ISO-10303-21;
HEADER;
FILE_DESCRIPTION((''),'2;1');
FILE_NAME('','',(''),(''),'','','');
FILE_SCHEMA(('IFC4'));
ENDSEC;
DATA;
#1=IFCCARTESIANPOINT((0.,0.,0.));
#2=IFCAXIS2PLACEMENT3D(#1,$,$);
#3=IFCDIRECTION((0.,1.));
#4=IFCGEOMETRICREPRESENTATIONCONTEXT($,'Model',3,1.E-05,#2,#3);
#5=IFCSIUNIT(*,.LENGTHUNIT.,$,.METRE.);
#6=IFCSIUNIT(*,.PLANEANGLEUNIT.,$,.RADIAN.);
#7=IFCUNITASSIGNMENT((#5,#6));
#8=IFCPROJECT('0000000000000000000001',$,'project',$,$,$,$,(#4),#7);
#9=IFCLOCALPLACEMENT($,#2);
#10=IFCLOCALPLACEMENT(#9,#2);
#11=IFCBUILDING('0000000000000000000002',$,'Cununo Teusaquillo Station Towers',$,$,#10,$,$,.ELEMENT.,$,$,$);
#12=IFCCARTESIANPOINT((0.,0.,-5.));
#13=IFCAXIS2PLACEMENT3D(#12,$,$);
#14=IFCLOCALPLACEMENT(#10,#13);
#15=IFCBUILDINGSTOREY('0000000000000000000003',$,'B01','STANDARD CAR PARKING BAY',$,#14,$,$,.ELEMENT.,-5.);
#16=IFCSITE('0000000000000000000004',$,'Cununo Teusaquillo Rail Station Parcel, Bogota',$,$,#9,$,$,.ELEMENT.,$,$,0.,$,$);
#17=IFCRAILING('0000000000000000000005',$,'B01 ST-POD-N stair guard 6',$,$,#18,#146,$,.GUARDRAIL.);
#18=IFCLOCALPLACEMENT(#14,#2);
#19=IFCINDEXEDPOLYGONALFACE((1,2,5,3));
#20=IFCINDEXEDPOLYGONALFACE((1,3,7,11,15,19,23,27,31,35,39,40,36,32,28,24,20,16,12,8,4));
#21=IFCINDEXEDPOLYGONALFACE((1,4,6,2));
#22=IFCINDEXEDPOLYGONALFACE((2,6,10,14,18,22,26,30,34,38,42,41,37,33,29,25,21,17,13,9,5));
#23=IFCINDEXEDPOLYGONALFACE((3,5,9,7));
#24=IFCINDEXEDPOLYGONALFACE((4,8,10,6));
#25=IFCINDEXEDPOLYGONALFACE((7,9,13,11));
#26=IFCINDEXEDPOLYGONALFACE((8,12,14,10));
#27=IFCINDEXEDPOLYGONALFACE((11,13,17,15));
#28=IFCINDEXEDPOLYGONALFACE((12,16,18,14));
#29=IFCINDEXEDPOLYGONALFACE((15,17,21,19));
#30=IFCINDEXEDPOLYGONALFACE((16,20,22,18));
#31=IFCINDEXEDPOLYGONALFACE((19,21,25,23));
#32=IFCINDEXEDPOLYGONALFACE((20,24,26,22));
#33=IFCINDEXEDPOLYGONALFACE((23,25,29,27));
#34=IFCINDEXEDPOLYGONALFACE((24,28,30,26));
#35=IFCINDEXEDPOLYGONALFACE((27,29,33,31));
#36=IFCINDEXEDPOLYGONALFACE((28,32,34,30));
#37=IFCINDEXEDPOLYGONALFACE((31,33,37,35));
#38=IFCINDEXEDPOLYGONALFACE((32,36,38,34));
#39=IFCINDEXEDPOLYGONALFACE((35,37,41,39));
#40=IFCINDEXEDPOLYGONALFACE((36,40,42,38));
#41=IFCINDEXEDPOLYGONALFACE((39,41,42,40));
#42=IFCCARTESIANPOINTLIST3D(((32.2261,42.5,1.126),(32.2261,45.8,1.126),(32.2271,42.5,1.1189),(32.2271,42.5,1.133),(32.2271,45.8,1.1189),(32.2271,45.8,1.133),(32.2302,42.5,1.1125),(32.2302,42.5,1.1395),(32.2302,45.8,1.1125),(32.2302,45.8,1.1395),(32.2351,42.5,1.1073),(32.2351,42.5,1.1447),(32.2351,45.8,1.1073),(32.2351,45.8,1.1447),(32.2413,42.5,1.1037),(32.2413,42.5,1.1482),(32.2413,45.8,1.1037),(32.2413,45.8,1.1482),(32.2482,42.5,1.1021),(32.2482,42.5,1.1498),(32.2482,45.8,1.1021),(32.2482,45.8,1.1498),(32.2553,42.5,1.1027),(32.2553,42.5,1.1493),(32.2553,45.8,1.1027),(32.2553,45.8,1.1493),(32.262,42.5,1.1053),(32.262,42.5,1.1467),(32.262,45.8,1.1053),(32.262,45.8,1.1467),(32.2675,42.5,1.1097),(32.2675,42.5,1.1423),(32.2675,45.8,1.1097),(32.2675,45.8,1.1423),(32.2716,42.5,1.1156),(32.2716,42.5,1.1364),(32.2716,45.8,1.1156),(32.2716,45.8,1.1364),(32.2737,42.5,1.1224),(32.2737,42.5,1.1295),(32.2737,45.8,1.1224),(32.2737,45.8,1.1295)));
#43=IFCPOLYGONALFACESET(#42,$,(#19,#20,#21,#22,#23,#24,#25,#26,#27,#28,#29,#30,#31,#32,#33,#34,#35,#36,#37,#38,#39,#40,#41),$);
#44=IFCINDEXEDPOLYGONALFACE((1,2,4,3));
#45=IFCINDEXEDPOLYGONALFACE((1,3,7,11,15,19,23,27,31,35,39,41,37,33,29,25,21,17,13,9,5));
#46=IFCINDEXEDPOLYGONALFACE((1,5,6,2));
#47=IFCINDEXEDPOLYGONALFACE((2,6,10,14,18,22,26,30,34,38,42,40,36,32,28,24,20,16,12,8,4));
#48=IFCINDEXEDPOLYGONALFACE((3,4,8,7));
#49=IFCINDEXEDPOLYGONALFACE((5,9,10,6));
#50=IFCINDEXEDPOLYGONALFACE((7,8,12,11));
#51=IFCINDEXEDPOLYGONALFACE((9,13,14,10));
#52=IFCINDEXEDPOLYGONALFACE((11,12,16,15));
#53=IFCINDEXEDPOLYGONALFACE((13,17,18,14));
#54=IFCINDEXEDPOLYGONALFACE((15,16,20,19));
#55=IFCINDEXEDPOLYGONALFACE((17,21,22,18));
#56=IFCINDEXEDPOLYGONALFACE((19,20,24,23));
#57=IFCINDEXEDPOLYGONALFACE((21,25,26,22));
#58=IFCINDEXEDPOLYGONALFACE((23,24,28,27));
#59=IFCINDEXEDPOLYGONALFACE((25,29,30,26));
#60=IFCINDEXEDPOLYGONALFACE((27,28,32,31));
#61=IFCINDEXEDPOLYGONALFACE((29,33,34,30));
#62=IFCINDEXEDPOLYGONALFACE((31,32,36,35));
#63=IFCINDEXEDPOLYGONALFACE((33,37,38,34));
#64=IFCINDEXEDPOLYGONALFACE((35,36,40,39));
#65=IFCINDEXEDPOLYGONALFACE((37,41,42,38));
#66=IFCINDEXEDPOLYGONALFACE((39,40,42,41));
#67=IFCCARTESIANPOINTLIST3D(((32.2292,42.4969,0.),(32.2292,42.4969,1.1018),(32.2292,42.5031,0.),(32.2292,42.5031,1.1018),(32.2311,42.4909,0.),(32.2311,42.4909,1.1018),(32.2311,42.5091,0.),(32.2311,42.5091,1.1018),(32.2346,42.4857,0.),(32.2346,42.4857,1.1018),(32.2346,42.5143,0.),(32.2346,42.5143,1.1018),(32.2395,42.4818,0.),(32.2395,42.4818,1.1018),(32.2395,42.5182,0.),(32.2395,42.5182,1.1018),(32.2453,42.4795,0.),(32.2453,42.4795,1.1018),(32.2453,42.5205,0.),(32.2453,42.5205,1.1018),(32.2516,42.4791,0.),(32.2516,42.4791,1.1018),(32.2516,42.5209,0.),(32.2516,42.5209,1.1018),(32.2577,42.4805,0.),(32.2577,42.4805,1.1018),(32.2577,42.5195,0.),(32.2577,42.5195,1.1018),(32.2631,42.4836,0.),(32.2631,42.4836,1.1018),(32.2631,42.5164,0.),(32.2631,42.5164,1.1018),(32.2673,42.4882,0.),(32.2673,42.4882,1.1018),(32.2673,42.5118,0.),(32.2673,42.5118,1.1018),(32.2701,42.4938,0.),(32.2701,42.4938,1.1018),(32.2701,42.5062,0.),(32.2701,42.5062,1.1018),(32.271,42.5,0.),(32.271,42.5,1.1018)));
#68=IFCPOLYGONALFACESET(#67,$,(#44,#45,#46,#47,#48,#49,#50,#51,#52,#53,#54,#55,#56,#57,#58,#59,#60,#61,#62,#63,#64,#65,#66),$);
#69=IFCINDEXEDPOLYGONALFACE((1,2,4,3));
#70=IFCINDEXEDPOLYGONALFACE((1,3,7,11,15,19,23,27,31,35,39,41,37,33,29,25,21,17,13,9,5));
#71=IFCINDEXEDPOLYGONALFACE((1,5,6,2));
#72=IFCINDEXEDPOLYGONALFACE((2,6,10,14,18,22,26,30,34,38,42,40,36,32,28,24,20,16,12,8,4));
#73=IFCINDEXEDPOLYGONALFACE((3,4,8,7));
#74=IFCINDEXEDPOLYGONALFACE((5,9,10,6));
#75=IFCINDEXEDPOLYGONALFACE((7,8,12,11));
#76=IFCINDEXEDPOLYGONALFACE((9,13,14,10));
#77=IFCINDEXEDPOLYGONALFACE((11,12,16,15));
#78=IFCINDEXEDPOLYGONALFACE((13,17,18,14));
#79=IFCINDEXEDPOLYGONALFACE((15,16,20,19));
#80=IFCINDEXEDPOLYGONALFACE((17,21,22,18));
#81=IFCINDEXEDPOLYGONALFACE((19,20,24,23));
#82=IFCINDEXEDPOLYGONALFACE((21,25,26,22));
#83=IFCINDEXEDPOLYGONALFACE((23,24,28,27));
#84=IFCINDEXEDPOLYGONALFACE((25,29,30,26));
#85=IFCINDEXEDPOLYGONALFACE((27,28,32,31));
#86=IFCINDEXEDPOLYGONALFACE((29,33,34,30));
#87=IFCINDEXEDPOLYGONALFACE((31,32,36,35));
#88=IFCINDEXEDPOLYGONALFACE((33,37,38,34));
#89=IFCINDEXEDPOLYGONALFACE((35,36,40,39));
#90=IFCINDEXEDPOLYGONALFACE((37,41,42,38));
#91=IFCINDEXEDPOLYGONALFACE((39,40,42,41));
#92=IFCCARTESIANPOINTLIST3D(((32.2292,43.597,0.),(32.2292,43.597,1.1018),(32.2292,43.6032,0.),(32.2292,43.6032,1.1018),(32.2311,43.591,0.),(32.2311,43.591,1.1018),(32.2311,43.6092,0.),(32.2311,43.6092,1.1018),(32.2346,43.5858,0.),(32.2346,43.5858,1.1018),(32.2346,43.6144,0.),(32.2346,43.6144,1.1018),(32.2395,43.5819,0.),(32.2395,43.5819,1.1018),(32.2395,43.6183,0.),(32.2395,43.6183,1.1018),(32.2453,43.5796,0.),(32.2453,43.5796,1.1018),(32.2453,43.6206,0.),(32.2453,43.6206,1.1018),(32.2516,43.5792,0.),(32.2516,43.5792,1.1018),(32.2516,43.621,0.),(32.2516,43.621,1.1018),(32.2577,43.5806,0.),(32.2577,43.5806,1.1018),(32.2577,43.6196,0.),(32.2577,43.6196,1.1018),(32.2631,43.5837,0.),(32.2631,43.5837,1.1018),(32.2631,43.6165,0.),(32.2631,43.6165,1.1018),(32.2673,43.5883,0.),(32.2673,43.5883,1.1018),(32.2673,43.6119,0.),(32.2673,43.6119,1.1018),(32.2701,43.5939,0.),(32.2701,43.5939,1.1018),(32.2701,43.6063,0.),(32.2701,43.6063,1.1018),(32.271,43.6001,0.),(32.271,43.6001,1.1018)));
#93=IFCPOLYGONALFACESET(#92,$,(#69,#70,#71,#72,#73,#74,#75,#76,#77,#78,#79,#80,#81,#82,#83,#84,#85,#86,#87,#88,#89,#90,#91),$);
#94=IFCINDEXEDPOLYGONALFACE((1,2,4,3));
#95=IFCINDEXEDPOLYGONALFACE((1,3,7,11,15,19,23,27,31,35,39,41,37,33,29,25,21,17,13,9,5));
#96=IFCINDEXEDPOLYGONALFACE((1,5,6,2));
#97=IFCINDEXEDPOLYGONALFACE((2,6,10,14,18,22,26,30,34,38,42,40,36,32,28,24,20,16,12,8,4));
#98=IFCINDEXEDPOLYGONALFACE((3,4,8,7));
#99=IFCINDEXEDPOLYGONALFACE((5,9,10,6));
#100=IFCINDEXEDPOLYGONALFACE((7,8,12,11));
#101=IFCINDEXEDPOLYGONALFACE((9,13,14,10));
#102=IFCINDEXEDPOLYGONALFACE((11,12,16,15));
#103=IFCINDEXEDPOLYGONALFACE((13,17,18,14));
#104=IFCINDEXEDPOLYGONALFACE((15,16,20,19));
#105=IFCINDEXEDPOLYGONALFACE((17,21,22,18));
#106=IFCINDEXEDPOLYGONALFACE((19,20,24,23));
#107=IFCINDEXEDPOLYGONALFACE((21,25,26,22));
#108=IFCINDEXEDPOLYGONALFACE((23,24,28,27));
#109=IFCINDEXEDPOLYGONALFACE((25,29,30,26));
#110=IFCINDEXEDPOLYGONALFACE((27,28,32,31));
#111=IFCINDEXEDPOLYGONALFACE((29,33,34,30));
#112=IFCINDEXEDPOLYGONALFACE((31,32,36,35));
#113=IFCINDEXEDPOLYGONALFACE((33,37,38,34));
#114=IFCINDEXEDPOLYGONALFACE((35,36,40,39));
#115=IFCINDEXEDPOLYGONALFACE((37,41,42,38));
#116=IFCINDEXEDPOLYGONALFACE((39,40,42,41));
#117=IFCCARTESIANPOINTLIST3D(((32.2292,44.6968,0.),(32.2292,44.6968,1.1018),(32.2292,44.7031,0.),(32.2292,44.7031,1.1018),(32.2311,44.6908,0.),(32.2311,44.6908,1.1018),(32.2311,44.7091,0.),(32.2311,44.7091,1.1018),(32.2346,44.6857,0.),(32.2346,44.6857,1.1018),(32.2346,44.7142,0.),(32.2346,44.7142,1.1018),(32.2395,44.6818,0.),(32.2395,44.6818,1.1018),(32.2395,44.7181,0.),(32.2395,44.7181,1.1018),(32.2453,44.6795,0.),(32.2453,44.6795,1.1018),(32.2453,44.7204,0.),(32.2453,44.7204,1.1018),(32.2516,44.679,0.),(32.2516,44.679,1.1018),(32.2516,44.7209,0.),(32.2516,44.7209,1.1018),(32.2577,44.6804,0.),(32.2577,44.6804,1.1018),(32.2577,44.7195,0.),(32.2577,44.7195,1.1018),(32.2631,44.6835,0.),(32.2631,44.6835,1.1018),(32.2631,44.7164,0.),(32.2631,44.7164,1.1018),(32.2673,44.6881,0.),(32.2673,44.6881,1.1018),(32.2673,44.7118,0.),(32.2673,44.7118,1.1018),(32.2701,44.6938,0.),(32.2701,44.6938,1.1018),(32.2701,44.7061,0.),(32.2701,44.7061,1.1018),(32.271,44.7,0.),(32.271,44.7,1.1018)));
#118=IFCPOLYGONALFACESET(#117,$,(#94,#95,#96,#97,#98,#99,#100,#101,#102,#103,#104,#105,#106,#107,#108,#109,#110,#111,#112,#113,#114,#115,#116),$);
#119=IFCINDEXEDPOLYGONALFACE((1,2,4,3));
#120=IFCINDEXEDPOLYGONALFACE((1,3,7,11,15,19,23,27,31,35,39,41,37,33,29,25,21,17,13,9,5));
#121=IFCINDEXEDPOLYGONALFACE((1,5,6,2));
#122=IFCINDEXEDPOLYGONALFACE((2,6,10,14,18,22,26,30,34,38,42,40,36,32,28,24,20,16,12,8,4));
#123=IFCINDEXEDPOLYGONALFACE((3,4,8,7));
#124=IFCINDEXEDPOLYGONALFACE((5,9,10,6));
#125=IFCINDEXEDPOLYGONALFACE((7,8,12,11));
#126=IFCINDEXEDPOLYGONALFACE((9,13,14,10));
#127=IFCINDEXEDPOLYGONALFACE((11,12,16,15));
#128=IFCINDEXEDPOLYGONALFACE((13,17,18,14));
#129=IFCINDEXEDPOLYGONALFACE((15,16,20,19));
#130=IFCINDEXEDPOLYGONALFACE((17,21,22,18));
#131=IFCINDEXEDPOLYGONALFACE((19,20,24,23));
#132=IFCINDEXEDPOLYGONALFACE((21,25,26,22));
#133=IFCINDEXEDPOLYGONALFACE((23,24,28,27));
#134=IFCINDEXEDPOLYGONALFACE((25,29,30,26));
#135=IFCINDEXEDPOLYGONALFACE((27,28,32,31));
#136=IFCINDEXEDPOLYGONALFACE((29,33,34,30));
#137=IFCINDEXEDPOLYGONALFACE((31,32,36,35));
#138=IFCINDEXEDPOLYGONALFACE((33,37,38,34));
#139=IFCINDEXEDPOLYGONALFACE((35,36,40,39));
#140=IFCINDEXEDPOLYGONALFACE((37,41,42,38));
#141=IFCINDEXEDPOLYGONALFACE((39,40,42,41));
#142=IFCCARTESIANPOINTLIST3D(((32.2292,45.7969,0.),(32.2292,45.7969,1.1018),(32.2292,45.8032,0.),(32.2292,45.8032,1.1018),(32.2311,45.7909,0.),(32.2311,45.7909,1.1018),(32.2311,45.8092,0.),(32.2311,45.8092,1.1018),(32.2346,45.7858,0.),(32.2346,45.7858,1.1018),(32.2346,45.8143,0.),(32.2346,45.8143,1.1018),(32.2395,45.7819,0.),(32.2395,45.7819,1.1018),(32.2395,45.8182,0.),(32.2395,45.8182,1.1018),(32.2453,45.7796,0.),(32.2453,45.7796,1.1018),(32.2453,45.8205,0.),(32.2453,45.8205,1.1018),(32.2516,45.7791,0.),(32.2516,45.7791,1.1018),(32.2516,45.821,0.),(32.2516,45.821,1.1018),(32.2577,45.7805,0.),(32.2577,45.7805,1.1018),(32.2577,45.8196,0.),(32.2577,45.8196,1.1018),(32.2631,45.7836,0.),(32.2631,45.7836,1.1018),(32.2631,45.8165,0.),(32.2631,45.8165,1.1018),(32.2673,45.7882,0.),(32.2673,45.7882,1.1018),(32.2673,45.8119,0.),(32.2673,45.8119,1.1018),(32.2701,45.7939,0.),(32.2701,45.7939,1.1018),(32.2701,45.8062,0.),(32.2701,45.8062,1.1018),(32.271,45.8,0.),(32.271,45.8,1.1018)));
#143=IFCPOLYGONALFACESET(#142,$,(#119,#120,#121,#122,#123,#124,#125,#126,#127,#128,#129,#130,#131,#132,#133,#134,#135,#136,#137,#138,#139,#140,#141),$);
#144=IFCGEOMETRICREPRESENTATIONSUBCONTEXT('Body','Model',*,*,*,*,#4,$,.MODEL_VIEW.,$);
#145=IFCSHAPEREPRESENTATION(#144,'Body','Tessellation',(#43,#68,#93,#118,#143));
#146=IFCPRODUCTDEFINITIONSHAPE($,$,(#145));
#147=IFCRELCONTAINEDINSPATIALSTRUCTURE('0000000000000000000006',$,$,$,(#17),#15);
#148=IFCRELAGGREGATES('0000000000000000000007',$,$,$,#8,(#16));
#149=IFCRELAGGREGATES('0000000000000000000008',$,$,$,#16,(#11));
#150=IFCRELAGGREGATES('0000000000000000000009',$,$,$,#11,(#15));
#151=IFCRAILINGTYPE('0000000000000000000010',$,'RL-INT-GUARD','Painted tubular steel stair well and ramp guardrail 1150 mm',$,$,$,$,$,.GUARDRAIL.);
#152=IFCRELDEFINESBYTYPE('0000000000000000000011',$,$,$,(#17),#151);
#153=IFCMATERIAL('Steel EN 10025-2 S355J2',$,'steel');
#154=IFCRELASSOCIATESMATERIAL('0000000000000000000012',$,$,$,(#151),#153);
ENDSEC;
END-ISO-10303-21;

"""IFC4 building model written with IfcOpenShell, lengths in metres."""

from ifc_helpers import new_model, si_unit, direction, frame, origin, origin_2d, place, context, subcontext, project, spatial, circle, extrude, material, type_object, element, save


model = new_model("IFC4")

# Units and contexts
model_context = context("Model", 3, precision=1e-05, world=origin(), true_north=direction((0.0, 1.0)))
body_context = subcontext(model_context, "Body", "Model", "MODEL_VIEW")
ifc_project = project(units=[si_unit("LENGTHUNIT", "METRE"), si_unit("PLANEANGLEUNIT", "RADIAN")], contexts=[model_context])

# Site, building, storey
site_placement = place(None, origin())
site = spatial("IfcSite", under=ifc_project, at=site_placement, Name="Cununo Teusaquillo Rail Station Parcel, Bogota", CompositionType="ELEMENT", RefElevation=0.0)
building_placement = place(site_placement, origin())
building = spatial("IfcBuilding", under=site, at=building_placement, Name="Cununo Teusaquillo Station Towers", CompositionType="ELEMENT")
storey_placement = place(building_placement, frame((0.0, 0.0, -5.0)))
storey = spatial("IfcBuildingStorey", under=building, at=storey_placement, Name="B01", Description="STANDARD CAR PARKING BAY", CompositionType="ELEMENT", Elevation=-5.0)

# Railing
ifc_material_1 = material(Name="Steel EN 10025-2 S355J2", Category="steel")
railing_type_1 = type_object("IfcRailingType", Name="RL-INT-GUARD", Description="Painted tubular steel stair well and ramp guardrail 1150 mm", PredefinedType="GUARDRAIL", material=ifc_material_1)
railing_1_placement = place(storey_placement, frame((32.25, 42.5, 0.0)))
element("IfcRailing", 1, at=railing_1_placement, inside=storey, type_object=railing_type_1, Name="B01 ST-POD-N stair guard 6", PredefinedType="GUARDRAIL", context=body_context, shape_type="SweptSolid", body=[
    extrude(circle(Radius=0.0239, at=origin_2d()), frame((0.0, 0.0, 1.126), z_axis=(0.0, 1.0, 0.0), x_axis=(-1.0, 0.0, 0.0)), (0.0, 0.0, 1.0), 3.3),
    extrude(circle(Radius=0.021, at=origin_2d()), origin(), (0.0, 0.0, 1.0), 1.1018),
    extrude(circle(Radius=0.021, at=origin_2d()), frame((0.0, 1.1001, 0.0)), (0.0, 0.0, 1.0), 1.1018),
    extrude(circle(Radius=0.021, at=origin_2d()), frame((0.0, 2.2, 0.0)), (0.0, 0.0, 1.0), 1.1018),
    extrude(circle(Radius=0.021, at=origin_2d()), frame((0.0, 3.3, 0.0)), (0.0, 0.0, 1.0), 1.1018),
])

save(model, "model.ifc")
